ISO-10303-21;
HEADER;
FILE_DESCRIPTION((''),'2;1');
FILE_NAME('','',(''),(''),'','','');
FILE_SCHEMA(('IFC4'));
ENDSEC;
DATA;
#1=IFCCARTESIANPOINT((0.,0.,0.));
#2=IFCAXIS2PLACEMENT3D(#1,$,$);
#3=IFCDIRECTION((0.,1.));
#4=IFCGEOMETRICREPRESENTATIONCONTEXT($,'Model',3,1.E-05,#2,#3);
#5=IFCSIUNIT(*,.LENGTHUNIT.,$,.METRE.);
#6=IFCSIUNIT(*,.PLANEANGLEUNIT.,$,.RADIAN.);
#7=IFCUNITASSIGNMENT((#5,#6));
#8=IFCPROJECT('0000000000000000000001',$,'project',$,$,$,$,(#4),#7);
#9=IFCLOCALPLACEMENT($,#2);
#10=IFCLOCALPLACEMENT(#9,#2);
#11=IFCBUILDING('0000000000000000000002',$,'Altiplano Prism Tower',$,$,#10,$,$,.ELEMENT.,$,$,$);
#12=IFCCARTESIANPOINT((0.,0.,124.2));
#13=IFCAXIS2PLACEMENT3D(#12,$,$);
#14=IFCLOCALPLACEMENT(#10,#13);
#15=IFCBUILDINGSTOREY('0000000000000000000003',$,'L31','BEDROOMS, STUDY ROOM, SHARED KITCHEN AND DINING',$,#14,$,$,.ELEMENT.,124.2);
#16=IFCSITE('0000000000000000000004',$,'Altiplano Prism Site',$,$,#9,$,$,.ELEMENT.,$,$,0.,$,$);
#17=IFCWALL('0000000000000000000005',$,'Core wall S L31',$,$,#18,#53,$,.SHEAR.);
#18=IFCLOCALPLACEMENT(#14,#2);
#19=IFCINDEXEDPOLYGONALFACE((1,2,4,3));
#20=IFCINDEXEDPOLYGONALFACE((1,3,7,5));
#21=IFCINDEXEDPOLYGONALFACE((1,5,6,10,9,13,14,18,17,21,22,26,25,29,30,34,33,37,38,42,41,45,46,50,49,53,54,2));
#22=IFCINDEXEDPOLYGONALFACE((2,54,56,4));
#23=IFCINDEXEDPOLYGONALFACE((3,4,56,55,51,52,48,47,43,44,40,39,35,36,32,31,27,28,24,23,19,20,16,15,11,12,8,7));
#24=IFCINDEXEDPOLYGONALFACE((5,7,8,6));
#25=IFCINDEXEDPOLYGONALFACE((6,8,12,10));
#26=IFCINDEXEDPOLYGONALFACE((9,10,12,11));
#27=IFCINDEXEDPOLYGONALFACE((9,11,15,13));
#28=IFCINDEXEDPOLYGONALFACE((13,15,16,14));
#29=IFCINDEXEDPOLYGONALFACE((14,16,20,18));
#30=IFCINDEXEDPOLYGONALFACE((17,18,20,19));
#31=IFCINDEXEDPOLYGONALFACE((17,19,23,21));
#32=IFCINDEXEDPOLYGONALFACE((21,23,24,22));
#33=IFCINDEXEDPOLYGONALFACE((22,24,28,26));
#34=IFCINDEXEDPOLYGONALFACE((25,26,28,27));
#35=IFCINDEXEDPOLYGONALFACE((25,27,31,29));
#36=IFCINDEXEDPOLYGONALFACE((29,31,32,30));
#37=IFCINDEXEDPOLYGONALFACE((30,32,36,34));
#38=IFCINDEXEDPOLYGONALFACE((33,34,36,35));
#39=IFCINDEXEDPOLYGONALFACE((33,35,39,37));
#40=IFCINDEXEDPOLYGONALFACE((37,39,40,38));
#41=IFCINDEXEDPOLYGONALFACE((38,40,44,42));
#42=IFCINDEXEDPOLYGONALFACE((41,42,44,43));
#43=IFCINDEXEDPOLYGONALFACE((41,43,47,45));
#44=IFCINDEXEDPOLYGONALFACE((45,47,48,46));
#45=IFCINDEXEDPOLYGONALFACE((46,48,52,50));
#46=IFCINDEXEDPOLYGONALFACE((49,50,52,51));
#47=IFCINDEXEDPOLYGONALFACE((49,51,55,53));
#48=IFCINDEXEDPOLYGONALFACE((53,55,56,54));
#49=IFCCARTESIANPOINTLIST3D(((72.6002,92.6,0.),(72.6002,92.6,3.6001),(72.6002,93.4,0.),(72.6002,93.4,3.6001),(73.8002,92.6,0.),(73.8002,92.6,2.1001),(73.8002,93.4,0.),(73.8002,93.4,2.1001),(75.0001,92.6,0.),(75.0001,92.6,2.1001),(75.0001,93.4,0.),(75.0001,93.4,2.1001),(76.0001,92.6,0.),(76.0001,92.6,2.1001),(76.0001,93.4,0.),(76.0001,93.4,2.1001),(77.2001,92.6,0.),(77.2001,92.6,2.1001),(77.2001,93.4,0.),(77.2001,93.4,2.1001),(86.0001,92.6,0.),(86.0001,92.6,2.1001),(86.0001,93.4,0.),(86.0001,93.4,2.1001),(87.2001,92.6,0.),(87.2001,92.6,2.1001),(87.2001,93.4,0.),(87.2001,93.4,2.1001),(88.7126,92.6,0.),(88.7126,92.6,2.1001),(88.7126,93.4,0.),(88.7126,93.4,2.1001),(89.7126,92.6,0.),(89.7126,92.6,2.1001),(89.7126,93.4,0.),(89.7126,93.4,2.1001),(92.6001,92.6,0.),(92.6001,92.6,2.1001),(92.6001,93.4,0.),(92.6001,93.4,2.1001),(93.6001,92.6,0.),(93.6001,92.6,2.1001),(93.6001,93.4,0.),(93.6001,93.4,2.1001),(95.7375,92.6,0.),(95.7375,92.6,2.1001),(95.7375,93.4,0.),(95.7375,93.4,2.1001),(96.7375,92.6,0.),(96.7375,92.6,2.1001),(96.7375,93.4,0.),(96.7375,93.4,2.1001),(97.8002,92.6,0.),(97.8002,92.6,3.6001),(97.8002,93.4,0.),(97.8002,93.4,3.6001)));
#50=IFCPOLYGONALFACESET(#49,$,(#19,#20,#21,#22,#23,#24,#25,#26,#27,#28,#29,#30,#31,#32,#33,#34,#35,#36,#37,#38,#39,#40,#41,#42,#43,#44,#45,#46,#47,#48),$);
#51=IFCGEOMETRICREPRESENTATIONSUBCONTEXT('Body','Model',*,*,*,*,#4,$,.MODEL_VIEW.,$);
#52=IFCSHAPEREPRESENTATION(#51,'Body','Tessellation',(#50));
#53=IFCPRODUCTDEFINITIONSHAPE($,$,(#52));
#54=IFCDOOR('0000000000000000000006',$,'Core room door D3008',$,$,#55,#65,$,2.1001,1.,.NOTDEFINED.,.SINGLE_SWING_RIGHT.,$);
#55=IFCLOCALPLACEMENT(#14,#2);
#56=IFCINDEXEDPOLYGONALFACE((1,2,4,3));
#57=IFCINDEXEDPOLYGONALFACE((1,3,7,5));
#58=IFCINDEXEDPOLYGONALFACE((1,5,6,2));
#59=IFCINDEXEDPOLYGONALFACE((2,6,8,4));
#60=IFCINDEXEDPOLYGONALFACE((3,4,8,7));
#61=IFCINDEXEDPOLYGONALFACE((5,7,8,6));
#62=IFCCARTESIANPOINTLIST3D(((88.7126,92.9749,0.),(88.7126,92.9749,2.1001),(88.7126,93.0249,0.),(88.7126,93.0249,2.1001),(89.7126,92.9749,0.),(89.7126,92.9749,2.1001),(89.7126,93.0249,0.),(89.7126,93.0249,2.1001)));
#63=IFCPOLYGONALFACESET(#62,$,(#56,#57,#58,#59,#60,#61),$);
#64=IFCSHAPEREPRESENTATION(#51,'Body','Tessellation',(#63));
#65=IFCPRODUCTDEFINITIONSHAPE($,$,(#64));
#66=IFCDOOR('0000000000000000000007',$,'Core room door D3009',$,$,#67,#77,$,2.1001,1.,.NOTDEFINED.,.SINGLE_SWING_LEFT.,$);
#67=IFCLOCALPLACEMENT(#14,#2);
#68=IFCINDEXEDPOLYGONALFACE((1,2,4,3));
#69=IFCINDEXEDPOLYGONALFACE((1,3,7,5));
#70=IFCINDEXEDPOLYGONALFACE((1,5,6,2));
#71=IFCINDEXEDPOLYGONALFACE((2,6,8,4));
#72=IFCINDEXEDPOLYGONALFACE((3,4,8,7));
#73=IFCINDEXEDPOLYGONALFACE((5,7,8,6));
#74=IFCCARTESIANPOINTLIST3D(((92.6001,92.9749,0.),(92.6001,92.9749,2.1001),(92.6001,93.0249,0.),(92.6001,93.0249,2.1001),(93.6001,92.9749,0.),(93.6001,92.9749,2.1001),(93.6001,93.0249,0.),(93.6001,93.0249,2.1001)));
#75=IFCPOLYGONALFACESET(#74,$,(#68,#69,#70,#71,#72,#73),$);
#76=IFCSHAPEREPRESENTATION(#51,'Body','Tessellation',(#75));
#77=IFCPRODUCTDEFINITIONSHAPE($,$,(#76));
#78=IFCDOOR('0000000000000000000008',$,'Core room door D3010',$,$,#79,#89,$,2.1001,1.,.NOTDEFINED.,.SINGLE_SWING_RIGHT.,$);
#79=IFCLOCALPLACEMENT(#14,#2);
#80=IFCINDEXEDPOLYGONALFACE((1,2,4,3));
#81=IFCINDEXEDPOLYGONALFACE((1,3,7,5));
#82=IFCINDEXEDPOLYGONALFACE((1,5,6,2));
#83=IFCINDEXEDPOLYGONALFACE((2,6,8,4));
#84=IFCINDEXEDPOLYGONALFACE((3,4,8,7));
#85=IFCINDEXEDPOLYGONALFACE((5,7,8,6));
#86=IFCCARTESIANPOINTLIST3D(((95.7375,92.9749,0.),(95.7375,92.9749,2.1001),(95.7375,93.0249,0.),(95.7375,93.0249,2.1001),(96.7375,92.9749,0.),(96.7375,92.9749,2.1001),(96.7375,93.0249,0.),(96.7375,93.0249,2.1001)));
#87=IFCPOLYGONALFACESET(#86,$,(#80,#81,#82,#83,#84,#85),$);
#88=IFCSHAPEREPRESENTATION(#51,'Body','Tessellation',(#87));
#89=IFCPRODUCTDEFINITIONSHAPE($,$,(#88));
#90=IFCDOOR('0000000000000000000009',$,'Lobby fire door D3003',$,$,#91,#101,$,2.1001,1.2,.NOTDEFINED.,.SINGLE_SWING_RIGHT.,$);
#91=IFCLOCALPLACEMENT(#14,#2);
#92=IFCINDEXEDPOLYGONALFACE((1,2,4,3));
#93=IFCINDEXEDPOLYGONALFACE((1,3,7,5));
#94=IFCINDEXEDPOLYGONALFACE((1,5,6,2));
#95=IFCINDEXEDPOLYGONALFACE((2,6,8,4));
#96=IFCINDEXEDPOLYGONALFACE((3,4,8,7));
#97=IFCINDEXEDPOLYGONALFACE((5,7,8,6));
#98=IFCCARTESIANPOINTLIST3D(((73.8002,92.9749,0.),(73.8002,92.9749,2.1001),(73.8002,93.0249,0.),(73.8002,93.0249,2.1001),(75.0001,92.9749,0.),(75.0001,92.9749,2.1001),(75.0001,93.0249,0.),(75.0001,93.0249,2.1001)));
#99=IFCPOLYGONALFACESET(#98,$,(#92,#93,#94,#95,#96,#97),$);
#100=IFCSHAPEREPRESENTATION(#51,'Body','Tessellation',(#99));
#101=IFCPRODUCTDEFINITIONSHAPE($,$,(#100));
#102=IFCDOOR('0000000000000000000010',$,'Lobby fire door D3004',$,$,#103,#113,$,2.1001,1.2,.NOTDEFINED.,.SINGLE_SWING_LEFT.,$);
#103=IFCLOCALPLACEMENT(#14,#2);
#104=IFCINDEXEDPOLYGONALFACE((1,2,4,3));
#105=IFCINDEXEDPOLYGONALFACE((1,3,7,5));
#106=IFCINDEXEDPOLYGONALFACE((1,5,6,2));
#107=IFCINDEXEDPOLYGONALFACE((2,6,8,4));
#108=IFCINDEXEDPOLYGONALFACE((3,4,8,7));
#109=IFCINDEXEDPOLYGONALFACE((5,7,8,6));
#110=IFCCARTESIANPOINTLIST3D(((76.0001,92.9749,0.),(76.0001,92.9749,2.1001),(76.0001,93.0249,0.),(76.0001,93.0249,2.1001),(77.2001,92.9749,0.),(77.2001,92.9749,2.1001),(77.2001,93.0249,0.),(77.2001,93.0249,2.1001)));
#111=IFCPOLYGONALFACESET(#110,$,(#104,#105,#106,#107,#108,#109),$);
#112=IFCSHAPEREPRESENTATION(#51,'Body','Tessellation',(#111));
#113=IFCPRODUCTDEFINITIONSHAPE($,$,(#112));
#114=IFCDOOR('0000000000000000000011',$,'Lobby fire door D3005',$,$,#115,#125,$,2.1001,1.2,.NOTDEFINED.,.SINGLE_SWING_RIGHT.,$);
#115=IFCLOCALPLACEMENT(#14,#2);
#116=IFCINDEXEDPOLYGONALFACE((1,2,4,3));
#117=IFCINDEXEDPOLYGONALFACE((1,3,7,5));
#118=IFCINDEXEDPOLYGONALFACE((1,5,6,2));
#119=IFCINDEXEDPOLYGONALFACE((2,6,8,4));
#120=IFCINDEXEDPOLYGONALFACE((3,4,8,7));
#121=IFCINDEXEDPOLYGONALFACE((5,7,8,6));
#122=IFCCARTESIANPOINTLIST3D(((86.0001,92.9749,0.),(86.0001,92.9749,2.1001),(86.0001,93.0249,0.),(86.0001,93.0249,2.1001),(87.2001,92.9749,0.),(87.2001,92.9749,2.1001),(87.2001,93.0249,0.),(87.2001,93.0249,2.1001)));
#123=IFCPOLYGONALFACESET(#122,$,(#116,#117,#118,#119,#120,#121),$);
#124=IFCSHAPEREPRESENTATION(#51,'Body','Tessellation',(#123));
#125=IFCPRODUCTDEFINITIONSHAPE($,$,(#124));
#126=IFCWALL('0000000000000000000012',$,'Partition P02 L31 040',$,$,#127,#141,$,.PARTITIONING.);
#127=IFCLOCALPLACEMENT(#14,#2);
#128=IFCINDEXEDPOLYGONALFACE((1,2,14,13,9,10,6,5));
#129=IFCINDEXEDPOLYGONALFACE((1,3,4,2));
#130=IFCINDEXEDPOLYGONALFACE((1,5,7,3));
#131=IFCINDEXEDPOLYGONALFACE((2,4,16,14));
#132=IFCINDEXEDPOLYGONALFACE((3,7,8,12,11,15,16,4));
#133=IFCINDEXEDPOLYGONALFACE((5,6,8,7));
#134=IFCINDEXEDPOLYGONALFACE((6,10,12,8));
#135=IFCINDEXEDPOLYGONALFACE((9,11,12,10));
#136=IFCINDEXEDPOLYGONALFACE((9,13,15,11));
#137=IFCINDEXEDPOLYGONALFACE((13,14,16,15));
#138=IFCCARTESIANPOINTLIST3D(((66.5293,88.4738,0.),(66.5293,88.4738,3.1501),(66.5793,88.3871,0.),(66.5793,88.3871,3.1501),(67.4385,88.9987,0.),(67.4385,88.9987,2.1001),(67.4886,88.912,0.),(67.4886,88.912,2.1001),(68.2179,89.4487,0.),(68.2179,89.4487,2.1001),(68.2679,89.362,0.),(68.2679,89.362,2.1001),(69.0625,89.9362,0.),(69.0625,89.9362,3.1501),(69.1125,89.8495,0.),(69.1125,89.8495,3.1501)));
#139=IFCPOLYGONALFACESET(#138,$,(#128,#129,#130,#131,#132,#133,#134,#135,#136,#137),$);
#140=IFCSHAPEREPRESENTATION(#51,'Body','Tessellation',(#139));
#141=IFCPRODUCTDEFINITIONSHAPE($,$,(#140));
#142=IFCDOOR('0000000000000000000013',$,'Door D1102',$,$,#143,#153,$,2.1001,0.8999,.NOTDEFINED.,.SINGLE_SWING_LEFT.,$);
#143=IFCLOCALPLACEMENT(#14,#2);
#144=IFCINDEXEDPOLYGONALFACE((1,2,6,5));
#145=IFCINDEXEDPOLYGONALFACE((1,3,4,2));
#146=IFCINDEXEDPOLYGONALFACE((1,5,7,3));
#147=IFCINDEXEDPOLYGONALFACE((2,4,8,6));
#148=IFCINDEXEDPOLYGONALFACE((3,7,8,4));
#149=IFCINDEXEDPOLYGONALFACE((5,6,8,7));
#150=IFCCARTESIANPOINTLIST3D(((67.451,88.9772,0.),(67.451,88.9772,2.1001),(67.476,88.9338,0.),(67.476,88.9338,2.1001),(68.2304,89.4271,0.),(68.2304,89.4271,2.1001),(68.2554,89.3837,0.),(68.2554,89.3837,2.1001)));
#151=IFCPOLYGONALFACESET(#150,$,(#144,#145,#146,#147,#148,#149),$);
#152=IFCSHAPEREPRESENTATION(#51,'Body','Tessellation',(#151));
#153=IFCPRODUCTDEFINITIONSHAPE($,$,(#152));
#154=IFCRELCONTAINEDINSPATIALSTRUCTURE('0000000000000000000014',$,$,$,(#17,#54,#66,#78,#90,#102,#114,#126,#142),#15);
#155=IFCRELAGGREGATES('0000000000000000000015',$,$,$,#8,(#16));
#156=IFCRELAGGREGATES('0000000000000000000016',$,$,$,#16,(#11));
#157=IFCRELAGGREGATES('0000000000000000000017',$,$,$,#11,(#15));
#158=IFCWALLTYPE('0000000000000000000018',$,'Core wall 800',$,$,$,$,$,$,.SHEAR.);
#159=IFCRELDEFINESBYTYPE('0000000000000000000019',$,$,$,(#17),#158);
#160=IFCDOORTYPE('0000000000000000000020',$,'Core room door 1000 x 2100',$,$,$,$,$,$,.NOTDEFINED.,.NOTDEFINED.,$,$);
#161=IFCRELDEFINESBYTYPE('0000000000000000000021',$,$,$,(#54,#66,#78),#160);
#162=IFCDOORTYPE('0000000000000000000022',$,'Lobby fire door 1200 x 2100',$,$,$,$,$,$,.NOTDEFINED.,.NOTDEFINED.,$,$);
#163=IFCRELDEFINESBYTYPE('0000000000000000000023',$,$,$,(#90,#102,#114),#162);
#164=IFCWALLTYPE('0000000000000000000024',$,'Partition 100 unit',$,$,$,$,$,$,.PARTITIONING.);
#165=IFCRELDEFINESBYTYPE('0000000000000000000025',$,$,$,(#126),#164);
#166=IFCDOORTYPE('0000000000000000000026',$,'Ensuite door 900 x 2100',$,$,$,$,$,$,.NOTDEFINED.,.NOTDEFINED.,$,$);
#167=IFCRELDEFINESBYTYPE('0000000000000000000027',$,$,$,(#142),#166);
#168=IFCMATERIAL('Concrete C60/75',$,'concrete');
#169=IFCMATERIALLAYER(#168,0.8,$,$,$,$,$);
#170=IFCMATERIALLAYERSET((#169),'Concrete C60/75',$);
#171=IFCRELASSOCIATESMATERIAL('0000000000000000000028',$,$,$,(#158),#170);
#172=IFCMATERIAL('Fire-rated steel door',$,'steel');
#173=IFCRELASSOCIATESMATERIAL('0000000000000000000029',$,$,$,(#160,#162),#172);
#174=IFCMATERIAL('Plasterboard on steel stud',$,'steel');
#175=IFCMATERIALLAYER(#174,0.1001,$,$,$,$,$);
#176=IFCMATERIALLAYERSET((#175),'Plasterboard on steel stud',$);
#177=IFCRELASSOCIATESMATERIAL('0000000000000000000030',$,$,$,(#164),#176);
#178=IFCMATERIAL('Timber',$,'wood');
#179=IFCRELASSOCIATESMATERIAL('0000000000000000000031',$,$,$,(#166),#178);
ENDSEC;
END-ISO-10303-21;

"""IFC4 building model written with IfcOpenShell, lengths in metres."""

from ifc_helpers import new_model, si_unit, direction, frame, frame_2d, origin, place, context, subcontext, project, spatial, rectangle, extrude, material, layer, layer_set, type_object, element, fill, save


model = new_model("IFC4")

# Units and contexts
model_context = context("Model", 3, precision=1e-05, world=origin(), true_north=direction((0.0, 1.0)))
body_context = subcontext(model_context, "Body", "Model", "MODEL_VIEW")
ifc_project = project(units=[si_unit("LENGTHUNIT", "METRE"), si_unit("PLANEANGLEUNIT", "RADIAN")], contexts=[model_context])

# Site, building, storey
site_placement = place(None, origin())
site = spatial("IfcSite", under=ifc_project, at=site_placement, Name="Altiplano Prism Site", CompositionType="ELEMENT", RefElevation=0.0)
building_placement = place(site_placement, origin())
building = spatial("IfcBuilding", under=site, at=building_placement, Name="Altiplano Prism Tower", CompositionType="ELEMENT")
storey_placement = place(building_placement, frame((0.0, 0.0, 124.2)))
storey = spatial("IfcBuildingStorey", under=building, at=storey_placement, Name="L31", Description="BEDROOMS, STUDY ROOM, SHARED KITCHEN AND DINING", CompositionType="ELEMENT", Elevation=124.2)

# Shared definitions
ifc_material_1 = material(Name="Concrete C60/75", Category="concrete")

# Wall, openings, doors
ifc_layer_1 = layer(ifc_material_1, 0.8)
ifc_layer_set_1 = layer_set([ifc_layer_1], Name="Concrete C60/75")
wall_type_1 = type_object("IfcWallType", Name="Core wall 800", PredefinedType="SHEAR", material=ifc_layer_set_1)
wall_1_placement = place(storey_placement, frame((72.6001, 93.0, 0.0), z_axis=(0.0, 0.0, 1.0), x_axis=(1.0, 0.0, 0.0)))
wall_1 = element("IfcWall", 1, at=wall_1_placement, inside=storey, type_object=wall_type_1, Name="Core wall S L31", PredefinedType="SHEAR", context=body_context, shape_type="SweptSolid", body=[
    extrude(rectangle(XDim=25.2, YDim=0.8, at=frame_2d((12.6001, 0.0))), origin(), (0.0, 0.0, 1.0), 3.6001),
])
opening_1_placement = place(wall_1_placement, frame((1.2, 0.0, 0.0)))
opening_1 = element("IfcOpeningElement", 2, at=opening_1_placement, cuts=wall_1, PredefinedType="OPENING", context=body_context, shape_type="SweptSolid", body=[
    extrude(rectangle(XDim=1.2, YDim=2.1001, at=frame_2d((0.6001, 1.05))), frame((0.0, 0.4106, 0.0), z_axis=(0.0, -1.0, 0.0), x_axis=(1.0, 0.0, 0.0)), (0.0, 0.0, 1.0), 0.821),
])
opening_2_placement = place(wall_1_placement, frame((3.3999, 0.0, 0.0)))
opening_2 = element("IfcOpeningElement", 3, at=opening_2_placement, cuts=wall_1, PredefinedType="OPENING", context=body_context, shape_type="SweptSolid", body=[
    extrude(rectangle(XDim=1.2, YDim=2.1001, at=frame_2d((0.6001, 1.05))), frame((0.0, 0.4106, 0.0), z_axis=(0.0, -1.0, 0.0), x_axis=(1.0, 0.0, 0.0)), (0.0, 0.0, 1.0), 0.821),
])
opening_3_placement = place(wall_1_placement, frame((13.3999, 0.0, 0.0)))
opening_3 = element("IfcOpeningElement", 4, at=opening_3_placement, cuts=wall_1, PredefinedType="OPENING", context=body_context, shape_type="SweptSolid", body=[
    extrude(rectangle(XDim=1.2, YDim=2.1001, at=frame_2d((0.6001, 1.05))), frame((0.0, 0.4106, 0.0), z_axis=(0.0, -1.0, 0.0), x_axis=(1.0, 0.0, 0.0)), (0.0, 0.0, 1.0), 0.821),
])
opening_4_placement = place(wall_1_placement, frame((16.1125, 0.0, 0.0)))
opening_4 = element("IfcOpeningElement", 5, at=opening_4_placement, cuts=wall_1, PredefinedType="OPENING", context=body_context, shape_type="SweptSolid", body=[
    extrude(rectangle(XDim=1.0, YDim=2.1001, at=frame_2d((0.5, 1.05))), frame((0.0, 0.4106, 0.0), z_axis=(0.0, -1.0, 0.0), x_axis=(1.0, 0.0, 0.0)), (0.0, 0.0, 1.0), 0.821),
])
opening_5_placement = place(wall_1_placement, frame((20.0, 0.0, 0.0)))
opening_5 = element("IfcOpeningElement", 6, at=opening_5_placement, cuts=wall_1, PredefinedType="OPENING", context=body_context, shape_type="SweptSolid", body=[
    extrude(rectangle(XDim=1.0, YDim=2.1001, at=frame_2d((0.5, 1.05))), frame((0.0, 0.4106, 0.0), z_axis=(0.0, -1.0, 0.0), x_axis=(1.0, 0.0, 0.0)), (0.0, 0.0, 1.0), 0.821),
])
opening_6_placement = place(wall_1_placement, frame((23.1375, 0.0, 0.0)))
opening_6 = element("IfcOpeningElement", 7, at=opening_6_placement, cuts=wall_1, PredefinedType="OPENING", context=body_context, shape_type="SweptSolid", body=[
    extrude(rectangle(XDim=1.0, YDim=2.1001, at=frame_2d((0.5, 1.05))), frame((0.0, 0.4106, 0.0), z_axis=(0.0, -1.0, 0.0), x_axis=(1.0, 0.0, 0.0)), (0.0, 0.0, 1.0), 0.821),
])
ifc_material_2 = material(Name="Fire-rated steel door", Category="steel")
door_type_1 = type_object("IfcDoorType", Name="Core room door 1000 x 2100", OperationType="NOTDEFINED", PredefinedType="NOTDEFINED", material=ifc_material_2)
door_1_placement = place(opening_4_placement, origin())
door_1 = element("IfcDoor", 8, at=door_1_placement, inside=storey, type_object=door_type_1, Name="Core room door D3008", OperationType="SINGLE_SWING_RIGHT", OverallHeight=2.1001, OverallWidth=1.0, PredefinedType="NOTDEFINED", context=body_context, shape_type="SweptSolid", body=[
    extrude(rectangle(XDim=1.0, YDim=2.1001, at=frame_2d((0.5, 1.05))), frame((0.0, 0.0249, 0.0), z_axis=(0.0, -1.0, 0.0), x_axis=(1.0, 0.0, 0.0)), (0.0, 0.0, 1.0), 0.05),
])
fill(opening_4, door_1)
door_2_placement = place(opening_5_placement, origin())
door_2 = element("IfcDoor", 9, at=door_2_placement, inside=storey, type_object=door_type_1, Name="Core room door D3009", OperationType="SINGLE_SWING_LEFT", OverallHeight=2.1001, OverallWidth=1.0, PredefinedType="NOTDEFINED", context=body_context, shape_type="SweptSolid", body=[
    extrude(rectangle(XDim=1.0, YDim=2.1001, at=frame_2d((0.5, 1.05))), frame((0.0, 0.0249, 0.0), z_axis=(0.0, -1.0, 0.0), x_axis=(1.0, 0.0, 0.0)), (0.0, 0.0, 1.0), 0.05),
])
fill(opening_5, door_2)
door_3_placement = place(opening_6_placement, origin())
door_3 = element("IfcDoor", 10, at=door_3_placement, inside=storey, type_object=door_type_1, Name="Core room door D3010", OperationType="SINGLE_SWING_RIGHT", OverallHeight=2.1001, OverallWidth=1.0, PredefinedType="NOTDEFINED", context=body_context, shape_type="SweptSolid", body=[
    extrude(rectangle(XDim=1.0, YDim=2.1001, at=frame_2d((0.5, 1.05))), frame((0.0, 0.0249, 0.0), z_axis=(0.0, -1.0, 0.0), x_axis=(1.0, 0.0, 0.0)), (0.0, 0.0, 1.0), 0.05),
])
fill(opening_6, door_3)
door_type_2 = type_object("IfcDoorType", Name="Lobby fire door 1200 x 2100", OperationType="NOTDEFINED", PredefinedType="NOTDEFINED", material=ifc_material_2)
door_4_placement = place(opening_1_placement, origin())
door_4 = element("IfcDoor", 11, at=door_4_placement, inside=storey, type_object=door_type_2, Name="Lobby fire door D3003", OperationType="SINGLE_SWING_RIGHT", OverallHeight=2.1001, OverallWidth=1.2, PredefinedType="NOTDEFINED", context=body_context, shape_type="SweptSolid", body=[
    extrude(rectangle(XDim=1.2, YDim=2.1001, at=frame_2d((0.6001, 1.05))), frame((0.0, 0.0249, 0.0), z_axis=(0.0, -1.0, 0.0), x_axis=(1.0, 0.0, 0.0)), (0.0, 0.0, 1.0), 0.05),
])
fill(opening_1, door_4)
door_5_placement = place(opening_2_placement, origin())
door_5 = element("IfcDoor", 12, at=door_5_placement, inside=storey, type_object=door_type_2, Name="Lobby fire door D3004", OperationType="SINGLE_SWING_LEFT", OverallHeight=2.1001, OverallWidth=1.2, PredefinedType="NOTDEFINED", context=body_context, shape_type="SweptSolid", body=[
    extrude(rectangle(XDim=1.2, YDim=2.1001, at=frame_2d((0.6001, 1.05))), frame((0.0, 0.0249, 0.0), z_axis=(0.0, -1.0, 0.0), x_axis=(1.0, 0.0, 0.0)), (0.0, 0.0, 1.0), 0.05),
])
fill(opening_2, door_5)
door_6_placement = place(opening_3_placement, origin())
door_6 = element("IfcDoor", 13, at=door_6_placement, inside=storey, type_object=door_type_2, Name="Lobby fire door D3005", OperationType="SINGLE_SWING_RIGHT", OverallHeight=2.1001, OverallWidth=1.2, PredefinedType="NOTDEFINED", context=body_context, shape_type="SweptSolid", body=[
    extrude(rectangle(XDim=1.2, YDim=2.1001, at=frame_2d((0.6001, 1.05))), frame((0.0, 0.0249, 0.0), z_axis=(0.0, -1.0, 0.0), x_axis=(1.0, 0.0, 0.0)), (0.0, 0.0, 1.0), 0.05),
])
fill(opening_3, door_6)

# Wall, opening, door
ifc_material_3 = material(Name="Plasterboard on steel stud", Category="steel")
ifc_layer_2 = layer(ifc_material_3, 0.1001)
ifc_layer_set_2 = layer_set([ifc_layer_2], Name="Plasterboard on steel stud")
wall_type_2 = type_object("IfcWallType", Name="Partition 100 unit", PredefinedType="PARTITIONING", material=ifc_layer_set_2)
wall_2_placement = place(storey_placement, frame((69.0874, 89.8928, 0.0), z_axis=(0.0, 0.0, 1.0), x_axis=(-0.866047, -0.499963, 0.0)))
wall_2 = element("IfcWall", 14, at=wall_2_placement, inside=storey, type_object=wall_type_2, Name="Partition P02 L31 040", PredefinedType="PARTITIONING", context=body_context, shape_type="SweptSolid", body=[
    extrude(rectangle(XDim=2.925, YDim=0.1001, at=frame_2d((1.4624, 0.0))), origin(), (0.0, 0.0, 1.0), 3.1501),
])
opening_7_placement = place(wall_2_placement, frame((0.9751, 0.0, 0.0)))
opening_7 = element("IfcOpeningElement", 15, at=opening_7_placement, cuts=wall_2, PredefinedType="OPENING", context=body_context, shape_type="SweptSolid", body=[
    extrude(rectangle(XDim=0.8999, YDim=2.1001, at=frame_2d((0.45, 1.05))), frame((0.0, 0.0605, 0.0), z_axis=(0.0, -1.0, 0.0), x_axis=(1.0, 0.0, 0.0)), (0.0, 0.0, 1.0), 0.1211),
])
ifc_material_4 = material(Name="Timber", Category="wood")
door_type_3 = type_object("IfcDoorType", Name="Ensuite door 900 x 2100", OperationType="NOTDEFINED", PredefinedType="NOTDEFINED", material=ifc_material_4)
door_7_placement = place(opening_7_placement, origin())
door_7 = element("IfcDoor", 16, at=door_7_placement, inside=storey, type_object=door_type_3, Name="Door D1102", OperationType="SINGLE_SWING_LEFT", OverallHeight=2.1001, OverallWidth=0.8999, PredefinedType="NOTDEFINED", context=body_context, shape_type="SweptSolid", body=[
    extrude(rectangle(XDim=0.8999, YDim=2.1001, at=frame_2d((0.45, 1.05))), frame((0.0, 0.0249, 0.0), z_axis=(0.0, -1.0, 0.0), x_axis=(1.0, 0.0, 0.0)), (0.0, 0.0, 1.0), 0.05),
])
fill(opening_7, door_7)

save(model, "model.ifc")
